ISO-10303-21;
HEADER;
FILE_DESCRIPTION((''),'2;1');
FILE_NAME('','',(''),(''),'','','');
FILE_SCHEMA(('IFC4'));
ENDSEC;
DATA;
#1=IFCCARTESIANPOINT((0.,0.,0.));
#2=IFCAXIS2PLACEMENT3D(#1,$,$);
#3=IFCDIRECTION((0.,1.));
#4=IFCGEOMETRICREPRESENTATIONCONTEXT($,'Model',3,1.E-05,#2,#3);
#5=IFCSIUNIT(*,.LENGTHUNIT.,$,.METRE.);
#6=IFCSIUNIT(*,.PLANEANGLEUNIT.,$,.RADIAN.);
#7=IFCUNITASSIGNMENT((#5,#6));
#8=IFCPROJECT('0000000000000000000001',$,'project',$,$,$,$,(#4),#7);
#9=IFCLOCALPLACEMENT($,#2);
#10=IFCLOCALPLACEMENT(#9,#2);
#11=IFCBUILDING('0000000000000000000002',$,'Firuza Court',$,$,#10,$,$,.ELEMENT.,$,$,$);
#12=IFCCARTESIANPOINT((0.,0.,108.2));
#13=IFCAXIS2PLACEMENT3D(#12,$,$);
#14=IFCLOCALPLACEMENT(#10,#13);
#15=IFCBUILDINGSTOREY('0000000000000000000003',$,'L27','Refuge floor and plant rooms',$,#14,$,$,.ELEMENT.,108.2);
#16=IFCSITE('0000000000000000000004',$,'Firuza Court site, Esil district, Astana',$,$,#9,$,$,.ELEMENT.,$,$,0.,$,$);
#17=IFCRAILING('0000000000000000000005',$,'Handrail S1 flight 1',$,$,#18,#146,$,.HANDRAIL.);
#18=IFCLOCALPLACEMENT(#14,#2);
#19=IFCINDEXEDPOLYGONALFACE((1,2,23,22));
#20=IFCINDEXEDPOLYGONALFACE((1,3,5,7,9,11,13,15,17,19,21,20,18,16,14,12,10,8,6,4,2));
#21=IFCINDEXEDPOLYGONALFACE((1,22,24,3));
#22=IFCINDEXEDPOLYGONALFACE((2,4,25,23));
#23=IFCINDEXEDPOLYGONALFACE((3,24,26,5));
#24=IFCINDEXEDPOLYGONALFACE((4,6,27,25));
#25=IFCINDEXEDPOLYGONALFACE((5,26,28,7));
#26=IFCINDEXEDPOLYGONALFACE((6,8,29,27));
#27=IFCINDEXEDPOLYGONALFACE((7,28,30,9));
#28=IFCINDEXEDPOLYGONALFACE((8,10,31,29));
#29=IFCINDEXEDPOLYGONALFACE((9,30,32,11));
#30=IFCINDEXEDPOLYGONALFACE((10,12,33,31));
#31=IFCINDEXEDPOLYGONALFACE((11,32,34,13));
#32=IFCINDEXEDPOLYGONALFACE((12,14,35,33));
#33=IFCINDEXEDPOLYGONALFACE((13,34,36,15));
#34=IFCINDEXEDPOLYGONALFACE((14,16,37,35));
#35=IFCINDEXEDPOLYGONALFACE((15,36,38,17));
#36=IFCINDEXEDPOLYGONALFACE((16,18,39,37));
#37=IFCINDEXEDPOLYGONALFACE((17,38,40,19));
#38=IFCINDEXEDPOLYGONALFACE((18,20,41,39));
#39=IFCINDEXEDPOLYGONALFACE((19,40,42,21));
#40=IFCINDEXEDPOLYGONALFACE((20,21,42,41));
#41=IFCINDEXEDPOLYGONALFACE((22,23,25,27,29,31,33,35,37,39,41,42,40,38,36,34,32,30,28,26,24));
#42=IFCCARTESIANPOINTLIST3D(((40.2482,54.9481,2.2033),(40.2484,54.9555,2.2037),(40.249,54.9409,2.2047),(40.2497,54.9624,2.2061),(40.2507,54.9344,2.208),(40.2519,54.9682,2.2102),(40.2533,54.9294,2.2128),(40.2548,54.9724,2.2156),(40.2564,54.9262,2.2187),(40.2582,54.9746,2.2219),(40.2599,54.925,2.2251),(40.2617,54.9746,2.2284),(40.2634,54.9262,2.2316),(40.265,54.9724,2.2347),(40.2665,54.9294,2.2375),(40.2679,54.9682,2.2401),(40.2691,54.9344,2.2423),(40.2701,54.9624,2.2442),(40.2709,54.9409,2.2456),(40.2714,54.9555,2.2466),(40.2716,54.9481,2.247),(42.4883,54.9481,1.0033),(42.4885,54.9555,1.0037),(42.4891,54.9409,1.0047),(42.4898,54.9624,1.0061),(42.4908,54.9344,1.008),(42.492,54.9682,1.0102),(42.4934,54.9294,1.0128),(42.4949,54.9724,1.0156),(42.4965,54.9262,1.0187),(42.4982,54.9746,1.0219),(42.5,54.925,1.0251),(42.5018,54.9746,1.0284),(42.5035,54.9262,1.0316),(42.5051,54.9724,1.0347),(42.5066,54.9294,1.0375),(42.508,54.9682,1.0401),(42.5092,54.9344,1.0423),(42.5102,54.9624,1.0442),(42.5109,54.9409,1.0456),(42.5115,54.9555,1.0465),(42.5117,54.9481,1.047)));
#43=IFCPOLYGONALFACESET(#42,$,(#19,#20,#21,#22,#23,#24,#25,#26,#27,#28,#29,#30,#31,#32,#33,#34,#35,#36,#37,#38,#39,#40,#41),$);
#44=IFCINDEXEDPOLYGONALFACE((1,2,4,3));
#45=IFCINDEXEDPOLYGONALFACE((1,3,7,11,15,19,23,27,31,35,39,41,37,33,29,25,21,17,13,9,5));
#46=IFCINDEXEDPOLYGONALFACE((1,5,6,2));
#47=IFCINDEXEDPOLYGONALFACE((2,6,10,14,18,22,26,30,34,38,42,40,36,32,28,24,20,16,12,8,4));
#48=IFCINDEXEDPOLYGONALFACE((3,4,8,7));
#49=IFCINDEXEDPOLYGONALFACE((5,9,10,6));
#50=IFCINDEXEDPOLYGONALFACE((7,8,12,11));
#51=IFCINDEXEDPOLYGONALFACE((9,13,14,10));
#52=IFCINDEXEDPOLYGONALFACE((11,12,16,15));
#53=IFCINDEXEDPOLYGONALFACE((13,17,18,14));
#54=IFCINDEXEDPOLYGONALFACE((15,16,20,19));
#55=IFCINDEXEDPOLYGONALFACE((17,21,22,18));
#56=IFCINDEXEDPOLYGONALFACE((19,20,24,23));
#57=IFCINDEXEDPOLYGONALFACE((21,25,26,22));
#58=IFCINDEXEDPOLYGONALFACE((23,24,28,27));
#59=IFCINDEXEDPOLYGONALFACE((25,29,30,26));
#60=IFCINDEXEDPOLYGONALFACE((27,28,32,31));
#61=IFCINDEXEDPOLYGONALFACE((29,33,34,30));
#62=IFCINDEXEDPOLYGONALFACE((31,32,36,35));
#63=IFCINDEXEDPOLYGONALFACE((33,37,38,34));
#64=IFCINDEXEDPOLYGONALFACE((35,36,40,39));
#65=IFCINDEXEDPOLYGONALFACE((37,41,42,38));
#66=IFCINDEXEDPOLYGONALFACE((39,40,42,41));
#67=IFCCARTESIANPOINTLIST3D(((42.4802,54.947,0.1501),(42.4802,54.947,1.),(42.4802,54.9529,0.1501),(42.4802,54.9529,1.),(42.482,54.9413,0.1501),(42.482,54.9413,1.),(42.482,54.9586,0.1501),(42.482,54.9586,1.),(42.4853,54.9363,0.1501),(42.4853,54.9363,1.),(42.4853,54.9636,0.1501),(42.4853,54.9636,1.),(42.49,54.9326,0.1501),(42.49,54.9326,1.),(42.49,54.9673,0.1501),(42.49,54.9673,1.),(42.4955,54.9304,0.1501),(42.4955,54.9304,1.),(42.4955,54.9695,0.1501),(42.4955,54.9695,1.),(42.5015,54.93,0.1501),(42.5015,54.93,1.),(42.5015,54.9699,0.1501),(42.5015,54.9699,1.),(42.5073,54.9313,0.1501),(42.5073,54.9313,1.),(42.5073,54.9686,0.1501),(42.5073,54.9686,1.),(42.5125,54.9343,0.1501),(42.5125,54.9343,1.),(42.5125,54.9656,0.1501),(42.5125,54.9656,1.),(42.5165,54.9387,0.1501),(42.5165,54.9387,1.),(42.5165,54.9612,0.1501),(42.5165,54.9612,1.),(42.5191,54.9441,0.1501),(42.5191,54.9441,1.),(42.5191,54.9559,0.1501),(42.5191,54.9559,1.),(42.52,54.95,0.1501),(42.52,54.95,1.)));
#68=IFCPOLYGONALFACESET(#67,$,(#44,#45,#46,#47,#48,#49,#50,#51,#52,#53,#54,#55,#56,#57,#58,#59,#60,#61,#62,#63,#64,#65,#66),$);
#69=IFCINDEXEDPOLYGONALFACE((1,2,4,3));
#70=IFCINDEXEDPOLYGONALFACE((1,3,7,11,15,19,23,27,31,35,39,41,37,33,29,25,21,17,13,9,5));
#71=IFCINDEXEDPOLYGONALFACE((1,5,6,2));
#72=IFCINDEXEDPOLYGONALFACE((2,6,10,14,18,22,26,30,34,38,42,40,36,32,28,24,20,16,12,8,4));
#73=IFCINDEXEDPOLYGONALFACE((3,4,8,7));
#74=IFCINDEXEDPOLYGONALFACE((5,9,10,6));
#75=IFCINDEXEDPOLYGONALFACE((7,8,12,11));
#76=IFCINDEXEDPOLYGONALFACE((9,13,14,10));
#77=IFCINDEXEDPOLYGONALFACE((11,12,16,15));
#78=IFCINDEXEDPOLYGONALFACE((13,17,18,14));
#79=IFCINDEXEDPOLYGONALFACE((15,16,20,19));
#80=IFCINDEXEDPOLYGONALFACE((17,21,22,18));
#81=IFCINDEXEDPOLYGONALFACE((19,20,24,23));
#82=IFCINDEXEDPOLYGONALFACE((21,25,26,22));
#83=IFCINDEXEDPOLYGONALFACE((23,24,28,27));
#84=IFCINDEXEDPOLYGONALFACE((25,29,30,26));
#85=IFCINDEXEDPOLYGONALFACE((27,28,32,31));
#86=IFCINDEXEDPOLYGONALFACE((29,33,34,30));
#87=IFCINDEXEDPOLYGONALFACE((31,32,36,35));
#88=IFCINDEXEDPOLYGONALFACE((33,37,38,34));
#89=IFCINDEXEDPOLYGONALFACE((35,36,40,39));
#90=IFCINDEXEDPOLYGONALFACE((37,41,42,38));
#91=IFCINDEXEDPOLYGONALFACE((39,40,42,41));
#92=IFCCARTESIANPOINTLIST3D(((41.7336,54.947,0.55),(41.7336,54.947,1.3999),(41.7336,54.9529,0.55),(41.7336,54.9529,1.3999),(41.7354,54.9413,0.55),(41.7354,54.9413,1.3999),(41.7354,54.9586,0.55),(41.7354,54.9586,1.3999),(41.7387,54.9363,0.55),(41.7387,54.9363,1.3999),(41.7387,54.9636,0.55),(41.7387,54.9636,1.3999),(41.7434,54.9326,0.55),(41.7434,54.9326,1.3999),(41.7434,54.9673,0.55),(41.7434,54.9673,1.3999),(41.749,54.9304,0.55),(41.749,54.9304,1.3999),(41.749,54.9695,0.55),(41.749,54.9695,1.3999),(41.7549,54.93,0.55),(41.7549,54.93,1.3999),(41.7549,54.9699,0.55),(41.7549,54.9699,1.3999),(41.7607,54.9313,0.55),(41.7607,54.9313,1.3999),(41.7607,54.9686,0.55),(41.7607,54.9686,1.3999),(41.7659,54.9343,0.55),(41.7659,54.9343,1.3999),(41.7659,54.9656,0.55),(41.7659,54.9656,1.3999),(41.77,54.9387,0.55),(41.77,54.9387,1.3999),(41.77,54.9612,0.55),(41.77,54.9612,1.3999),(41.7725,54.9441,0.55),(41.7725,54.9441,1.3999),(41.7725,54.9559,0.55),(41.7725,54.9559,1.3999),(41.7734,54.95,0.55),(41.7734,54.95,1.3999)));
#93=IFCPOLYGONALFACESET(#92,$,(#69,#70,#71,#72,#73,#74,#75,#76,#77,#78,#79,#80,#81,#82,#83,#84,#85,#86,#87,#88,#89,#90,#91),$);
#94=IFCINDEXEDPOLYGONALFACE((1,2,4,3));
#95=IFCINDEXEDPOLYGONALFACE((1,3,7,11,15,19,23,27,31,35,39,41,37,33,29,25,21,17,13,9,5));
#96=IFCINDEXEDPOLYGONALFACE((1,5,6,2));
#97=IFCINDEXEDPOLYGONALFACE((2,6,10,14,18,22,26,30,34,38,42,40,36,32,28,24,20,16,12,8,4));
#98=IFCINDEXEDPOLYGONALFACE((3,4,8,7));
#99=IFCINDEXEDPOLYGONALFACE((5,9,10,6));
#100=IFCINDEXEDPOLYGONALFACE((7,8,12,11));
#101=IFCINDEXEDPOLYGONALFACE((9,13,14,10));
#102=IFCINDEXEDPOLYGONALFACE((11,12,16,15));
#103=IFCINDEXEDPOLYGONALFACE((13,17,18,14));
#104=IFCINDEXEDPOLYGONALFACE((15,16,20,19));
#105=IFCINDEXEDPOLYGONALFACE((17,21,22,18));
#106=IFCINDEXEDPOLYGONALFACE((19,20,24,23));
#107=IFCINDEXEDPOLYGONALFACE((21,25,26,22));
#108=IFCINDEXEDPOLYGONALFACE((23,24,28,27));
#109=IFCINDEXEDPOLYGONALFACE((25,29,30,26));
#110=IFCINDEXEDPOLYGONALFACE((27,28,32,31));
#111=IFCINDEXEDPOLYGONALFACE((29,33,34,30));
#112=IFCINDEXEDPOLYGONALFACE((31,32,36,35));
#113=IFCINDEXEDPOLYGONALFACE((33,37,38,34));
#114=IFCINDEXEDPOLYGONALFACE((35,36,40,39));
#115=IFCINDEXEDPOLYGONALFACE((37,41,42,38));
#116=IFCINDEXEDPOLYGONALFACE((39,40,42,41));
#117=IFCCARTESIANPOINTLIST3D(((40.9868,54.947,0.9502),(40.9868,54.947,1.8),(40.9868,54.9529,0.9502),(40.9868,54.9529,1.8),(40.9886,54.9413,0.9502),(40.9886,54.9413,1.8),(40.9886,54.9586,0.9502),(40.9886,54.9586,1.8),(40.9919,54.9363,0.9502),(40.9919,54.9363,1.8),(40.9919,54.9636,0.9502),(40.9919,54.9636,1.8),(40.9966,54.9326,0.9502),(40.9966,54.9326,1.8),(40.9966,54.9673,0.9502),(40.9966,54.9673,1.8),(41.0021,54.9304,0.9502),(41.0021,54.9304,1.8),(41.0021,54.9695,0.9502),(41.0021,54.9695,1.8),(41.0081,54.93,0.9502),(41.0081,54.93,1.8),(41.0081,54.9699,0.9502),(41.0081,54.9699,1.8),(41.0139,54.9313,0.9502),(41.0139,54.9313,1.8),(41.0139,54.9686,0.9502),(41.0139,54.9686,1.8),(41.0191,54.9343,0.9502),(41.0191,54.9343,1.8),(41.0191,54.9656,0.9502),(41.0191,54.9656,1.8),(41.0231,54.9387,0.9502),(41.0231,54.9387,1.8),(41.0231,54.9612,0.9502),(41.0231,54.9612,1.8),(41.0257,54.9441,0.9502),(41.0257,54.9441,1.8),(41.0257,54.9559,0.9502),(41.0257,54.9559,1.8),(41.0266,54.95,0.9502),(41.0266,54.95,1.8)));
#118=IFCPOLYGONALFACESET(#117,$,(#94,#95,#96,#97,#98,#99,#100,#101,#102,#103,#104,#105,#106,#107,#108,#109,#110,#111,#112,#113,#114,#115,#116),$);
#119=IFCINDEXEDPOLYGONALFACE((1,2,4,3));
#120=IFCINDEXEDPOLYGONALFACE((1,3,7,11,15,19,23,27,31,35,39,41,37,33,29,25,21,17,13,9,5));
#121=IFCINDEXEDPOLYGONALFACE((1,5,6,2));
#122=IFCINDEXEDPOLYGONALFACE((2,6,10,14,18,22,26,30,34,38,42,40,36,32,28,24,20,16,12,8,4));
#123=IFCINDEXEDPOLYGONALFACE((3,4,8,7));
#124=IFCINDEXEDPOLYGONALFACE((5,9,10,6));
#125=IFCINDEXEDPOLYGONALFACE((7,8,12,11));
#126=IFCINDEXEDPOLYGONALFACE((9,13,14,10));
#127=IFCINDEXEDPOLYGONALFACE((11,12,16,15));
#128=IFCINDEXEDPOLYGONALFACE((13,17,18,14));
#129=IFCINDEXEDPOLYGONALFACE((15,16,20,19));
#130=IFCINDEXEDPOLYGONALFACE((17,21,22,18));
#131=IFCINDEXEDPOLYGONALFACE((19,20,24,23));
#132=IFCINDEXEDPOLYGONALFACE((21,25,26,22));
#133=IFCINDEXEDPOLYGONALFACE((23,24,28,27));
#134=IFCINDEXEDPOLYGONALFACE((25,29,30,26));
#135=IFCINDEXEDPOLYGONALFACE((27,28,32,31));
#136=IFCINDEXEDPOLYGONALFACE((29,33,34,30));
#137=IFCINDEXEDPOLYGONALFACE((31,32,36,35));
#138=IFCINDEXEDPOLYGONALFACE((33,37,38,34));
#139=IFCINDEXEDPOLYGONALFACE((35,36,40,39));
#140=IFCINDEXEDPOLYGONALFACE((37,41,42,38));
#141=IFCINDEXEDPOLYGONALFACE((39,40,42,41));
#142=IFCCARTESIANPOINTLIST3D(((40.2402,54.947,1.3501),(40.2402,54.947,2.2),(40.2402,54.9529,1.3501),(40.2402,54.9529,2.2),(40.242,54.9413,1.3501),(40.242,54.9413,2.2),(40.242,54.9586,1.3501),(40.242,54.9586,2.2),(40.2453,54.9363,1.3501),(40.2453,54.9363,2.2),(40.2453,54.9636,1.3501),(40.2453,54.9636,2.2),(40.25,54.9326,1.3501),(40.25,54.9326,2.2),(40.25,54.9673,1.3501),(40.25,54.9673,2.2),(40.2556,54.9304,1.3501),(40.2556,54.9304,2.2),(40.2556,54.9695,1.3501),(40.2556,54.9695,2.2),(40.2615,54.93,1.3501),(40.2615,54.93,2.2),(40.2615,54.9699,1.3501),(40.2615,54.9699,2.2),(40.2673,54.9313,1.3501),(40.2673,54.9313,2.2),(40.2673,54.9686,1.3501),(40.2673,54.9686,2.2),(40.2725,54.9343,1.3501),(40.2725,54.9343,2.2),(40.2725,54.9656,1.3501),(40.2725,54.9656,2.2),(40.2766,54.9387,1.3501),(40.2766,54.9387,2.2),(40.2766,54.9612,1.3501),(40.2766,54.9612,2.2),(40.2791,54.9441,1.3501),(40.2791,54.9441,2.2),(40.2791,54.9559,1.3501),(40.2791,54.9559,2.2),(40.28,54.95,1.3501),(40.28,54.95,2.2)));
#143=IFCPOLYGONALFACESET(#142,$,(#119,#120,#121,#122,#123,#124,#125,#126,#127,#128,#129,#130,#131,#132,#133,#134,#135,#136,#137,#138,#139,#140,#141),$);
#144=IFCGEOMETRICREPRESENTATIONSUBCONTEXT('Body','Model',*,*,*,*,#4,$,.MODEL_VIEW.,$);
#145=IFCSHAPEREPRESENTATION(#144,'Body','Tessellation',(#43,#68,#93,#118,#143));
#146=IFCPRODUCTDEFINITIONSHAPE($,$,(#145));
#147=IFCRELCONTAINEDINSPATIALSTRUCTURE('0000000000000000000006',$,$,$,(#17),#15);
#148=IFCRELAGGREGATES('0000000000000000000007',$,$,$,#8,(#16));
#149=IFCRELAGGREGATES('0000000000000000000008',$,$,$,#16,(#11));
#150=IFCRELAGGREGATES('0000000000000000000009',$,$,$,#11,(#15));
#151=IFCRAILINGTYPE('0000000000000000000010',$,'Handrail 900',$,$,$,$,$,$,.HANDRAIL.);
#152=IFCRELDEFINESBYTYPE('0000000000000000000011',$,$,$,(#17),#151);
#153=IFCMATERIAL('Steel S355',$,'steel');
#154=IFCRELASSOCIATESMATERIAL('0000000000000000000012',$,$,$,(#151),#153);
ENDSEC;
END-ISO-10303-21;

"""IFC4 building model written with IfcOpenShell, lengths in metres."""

from ifc_helpers import new_model, si_unit, direction, frame, origin, origin_2d, place, context, subcontext, project, spatial, circle, extrude, material, type_object, element, save


model = new_model("IFC4")

# Units and contexts
model_context = context("Model", 3, precision=1e-05, world=origin(), true_north=direction((0.0, 1.0)))
body_context = subcontext(model_context, "Body", "Model", "MODEL_VIEW")
ifc_project = project(units=[si_unit("LENGTHUNIT", "METRE"), si_unit("PLANEANGLEUNIT", "RADIAN")], contexts=[model_context])

# Site, building, storey
site_placement = place(None, origin())
site = spatial("IfcSite", under=ifc_project, at=site_placement, Name="Firuza Court site, Esil district, Astana", CompositionType="ELEMENT", RefElevation=0.0)
building_placement = place(site_placement, origin())
building = spatial("IfcBuilding", under=site, at=building_placement, Name="Firuza Court", CompositionType="ELEMENT")
storey_placement = place(building_placement, frame((0.0, 0.0, 108.2)))
storey = spatial("IfcBuildingStorey", under=building, at=storey_placement, Name="L27", Description="Refuge floor and plant rooms", CompositionType="ELEMENT", Elevation=108.2)

# Railing
ifc_material_1 = material(Name="Steel S355", Category="steel")
railing_type_1 = type_object("IfcRailingType", Name="Handrail 900", PredefinedType="HANDRAIL", material=ifc_material_1)
railing_1_placement = place(storey_placement, frame((42.5, 54.95, 0.1501)))
element("IfcRailing", 1, at=railing_1_placement, inside=storey, type_object=railing_type_1, Name="Handrail S1 flight 1", PredefinedType="HANDRAIL", context=body_context, shape_type="SweptSolid", body=[
    extrude(circle(Radius=0.0249, at=origin_2d()), frame((0.0, 0.0, 0.875), z_axis=(-0.881487, 0.0, 0.472208), x_axis=(0.0, -1.0, 0.0)), (0.0, 0.0, 1.0), 2.5413),
    extrude(circle(Radius=0.02, at=origin_2d()), origin(), (0.0, 0.0, 1.0), 0.8499),
    extrude(circle(Radius=0.02, at=origin_2d()), frame((-0.7466, 0.0, 0.3999)), (0.0, 0.0, 1.0), 0.8499),
    extrude(circle(Radius=0.02, at=origin_2d()), frame((-1.4934, 0.0, 0.8)), (0.0, 0.0, 1.0), 0.8499),
    extrude(circle(Radius=0.02, at=origin_2d()), frame((-2.24, 0.0, 1.2)), (0.0, 0.0, 1.0), 0.8499),
])

save(model, "model.ifc")
